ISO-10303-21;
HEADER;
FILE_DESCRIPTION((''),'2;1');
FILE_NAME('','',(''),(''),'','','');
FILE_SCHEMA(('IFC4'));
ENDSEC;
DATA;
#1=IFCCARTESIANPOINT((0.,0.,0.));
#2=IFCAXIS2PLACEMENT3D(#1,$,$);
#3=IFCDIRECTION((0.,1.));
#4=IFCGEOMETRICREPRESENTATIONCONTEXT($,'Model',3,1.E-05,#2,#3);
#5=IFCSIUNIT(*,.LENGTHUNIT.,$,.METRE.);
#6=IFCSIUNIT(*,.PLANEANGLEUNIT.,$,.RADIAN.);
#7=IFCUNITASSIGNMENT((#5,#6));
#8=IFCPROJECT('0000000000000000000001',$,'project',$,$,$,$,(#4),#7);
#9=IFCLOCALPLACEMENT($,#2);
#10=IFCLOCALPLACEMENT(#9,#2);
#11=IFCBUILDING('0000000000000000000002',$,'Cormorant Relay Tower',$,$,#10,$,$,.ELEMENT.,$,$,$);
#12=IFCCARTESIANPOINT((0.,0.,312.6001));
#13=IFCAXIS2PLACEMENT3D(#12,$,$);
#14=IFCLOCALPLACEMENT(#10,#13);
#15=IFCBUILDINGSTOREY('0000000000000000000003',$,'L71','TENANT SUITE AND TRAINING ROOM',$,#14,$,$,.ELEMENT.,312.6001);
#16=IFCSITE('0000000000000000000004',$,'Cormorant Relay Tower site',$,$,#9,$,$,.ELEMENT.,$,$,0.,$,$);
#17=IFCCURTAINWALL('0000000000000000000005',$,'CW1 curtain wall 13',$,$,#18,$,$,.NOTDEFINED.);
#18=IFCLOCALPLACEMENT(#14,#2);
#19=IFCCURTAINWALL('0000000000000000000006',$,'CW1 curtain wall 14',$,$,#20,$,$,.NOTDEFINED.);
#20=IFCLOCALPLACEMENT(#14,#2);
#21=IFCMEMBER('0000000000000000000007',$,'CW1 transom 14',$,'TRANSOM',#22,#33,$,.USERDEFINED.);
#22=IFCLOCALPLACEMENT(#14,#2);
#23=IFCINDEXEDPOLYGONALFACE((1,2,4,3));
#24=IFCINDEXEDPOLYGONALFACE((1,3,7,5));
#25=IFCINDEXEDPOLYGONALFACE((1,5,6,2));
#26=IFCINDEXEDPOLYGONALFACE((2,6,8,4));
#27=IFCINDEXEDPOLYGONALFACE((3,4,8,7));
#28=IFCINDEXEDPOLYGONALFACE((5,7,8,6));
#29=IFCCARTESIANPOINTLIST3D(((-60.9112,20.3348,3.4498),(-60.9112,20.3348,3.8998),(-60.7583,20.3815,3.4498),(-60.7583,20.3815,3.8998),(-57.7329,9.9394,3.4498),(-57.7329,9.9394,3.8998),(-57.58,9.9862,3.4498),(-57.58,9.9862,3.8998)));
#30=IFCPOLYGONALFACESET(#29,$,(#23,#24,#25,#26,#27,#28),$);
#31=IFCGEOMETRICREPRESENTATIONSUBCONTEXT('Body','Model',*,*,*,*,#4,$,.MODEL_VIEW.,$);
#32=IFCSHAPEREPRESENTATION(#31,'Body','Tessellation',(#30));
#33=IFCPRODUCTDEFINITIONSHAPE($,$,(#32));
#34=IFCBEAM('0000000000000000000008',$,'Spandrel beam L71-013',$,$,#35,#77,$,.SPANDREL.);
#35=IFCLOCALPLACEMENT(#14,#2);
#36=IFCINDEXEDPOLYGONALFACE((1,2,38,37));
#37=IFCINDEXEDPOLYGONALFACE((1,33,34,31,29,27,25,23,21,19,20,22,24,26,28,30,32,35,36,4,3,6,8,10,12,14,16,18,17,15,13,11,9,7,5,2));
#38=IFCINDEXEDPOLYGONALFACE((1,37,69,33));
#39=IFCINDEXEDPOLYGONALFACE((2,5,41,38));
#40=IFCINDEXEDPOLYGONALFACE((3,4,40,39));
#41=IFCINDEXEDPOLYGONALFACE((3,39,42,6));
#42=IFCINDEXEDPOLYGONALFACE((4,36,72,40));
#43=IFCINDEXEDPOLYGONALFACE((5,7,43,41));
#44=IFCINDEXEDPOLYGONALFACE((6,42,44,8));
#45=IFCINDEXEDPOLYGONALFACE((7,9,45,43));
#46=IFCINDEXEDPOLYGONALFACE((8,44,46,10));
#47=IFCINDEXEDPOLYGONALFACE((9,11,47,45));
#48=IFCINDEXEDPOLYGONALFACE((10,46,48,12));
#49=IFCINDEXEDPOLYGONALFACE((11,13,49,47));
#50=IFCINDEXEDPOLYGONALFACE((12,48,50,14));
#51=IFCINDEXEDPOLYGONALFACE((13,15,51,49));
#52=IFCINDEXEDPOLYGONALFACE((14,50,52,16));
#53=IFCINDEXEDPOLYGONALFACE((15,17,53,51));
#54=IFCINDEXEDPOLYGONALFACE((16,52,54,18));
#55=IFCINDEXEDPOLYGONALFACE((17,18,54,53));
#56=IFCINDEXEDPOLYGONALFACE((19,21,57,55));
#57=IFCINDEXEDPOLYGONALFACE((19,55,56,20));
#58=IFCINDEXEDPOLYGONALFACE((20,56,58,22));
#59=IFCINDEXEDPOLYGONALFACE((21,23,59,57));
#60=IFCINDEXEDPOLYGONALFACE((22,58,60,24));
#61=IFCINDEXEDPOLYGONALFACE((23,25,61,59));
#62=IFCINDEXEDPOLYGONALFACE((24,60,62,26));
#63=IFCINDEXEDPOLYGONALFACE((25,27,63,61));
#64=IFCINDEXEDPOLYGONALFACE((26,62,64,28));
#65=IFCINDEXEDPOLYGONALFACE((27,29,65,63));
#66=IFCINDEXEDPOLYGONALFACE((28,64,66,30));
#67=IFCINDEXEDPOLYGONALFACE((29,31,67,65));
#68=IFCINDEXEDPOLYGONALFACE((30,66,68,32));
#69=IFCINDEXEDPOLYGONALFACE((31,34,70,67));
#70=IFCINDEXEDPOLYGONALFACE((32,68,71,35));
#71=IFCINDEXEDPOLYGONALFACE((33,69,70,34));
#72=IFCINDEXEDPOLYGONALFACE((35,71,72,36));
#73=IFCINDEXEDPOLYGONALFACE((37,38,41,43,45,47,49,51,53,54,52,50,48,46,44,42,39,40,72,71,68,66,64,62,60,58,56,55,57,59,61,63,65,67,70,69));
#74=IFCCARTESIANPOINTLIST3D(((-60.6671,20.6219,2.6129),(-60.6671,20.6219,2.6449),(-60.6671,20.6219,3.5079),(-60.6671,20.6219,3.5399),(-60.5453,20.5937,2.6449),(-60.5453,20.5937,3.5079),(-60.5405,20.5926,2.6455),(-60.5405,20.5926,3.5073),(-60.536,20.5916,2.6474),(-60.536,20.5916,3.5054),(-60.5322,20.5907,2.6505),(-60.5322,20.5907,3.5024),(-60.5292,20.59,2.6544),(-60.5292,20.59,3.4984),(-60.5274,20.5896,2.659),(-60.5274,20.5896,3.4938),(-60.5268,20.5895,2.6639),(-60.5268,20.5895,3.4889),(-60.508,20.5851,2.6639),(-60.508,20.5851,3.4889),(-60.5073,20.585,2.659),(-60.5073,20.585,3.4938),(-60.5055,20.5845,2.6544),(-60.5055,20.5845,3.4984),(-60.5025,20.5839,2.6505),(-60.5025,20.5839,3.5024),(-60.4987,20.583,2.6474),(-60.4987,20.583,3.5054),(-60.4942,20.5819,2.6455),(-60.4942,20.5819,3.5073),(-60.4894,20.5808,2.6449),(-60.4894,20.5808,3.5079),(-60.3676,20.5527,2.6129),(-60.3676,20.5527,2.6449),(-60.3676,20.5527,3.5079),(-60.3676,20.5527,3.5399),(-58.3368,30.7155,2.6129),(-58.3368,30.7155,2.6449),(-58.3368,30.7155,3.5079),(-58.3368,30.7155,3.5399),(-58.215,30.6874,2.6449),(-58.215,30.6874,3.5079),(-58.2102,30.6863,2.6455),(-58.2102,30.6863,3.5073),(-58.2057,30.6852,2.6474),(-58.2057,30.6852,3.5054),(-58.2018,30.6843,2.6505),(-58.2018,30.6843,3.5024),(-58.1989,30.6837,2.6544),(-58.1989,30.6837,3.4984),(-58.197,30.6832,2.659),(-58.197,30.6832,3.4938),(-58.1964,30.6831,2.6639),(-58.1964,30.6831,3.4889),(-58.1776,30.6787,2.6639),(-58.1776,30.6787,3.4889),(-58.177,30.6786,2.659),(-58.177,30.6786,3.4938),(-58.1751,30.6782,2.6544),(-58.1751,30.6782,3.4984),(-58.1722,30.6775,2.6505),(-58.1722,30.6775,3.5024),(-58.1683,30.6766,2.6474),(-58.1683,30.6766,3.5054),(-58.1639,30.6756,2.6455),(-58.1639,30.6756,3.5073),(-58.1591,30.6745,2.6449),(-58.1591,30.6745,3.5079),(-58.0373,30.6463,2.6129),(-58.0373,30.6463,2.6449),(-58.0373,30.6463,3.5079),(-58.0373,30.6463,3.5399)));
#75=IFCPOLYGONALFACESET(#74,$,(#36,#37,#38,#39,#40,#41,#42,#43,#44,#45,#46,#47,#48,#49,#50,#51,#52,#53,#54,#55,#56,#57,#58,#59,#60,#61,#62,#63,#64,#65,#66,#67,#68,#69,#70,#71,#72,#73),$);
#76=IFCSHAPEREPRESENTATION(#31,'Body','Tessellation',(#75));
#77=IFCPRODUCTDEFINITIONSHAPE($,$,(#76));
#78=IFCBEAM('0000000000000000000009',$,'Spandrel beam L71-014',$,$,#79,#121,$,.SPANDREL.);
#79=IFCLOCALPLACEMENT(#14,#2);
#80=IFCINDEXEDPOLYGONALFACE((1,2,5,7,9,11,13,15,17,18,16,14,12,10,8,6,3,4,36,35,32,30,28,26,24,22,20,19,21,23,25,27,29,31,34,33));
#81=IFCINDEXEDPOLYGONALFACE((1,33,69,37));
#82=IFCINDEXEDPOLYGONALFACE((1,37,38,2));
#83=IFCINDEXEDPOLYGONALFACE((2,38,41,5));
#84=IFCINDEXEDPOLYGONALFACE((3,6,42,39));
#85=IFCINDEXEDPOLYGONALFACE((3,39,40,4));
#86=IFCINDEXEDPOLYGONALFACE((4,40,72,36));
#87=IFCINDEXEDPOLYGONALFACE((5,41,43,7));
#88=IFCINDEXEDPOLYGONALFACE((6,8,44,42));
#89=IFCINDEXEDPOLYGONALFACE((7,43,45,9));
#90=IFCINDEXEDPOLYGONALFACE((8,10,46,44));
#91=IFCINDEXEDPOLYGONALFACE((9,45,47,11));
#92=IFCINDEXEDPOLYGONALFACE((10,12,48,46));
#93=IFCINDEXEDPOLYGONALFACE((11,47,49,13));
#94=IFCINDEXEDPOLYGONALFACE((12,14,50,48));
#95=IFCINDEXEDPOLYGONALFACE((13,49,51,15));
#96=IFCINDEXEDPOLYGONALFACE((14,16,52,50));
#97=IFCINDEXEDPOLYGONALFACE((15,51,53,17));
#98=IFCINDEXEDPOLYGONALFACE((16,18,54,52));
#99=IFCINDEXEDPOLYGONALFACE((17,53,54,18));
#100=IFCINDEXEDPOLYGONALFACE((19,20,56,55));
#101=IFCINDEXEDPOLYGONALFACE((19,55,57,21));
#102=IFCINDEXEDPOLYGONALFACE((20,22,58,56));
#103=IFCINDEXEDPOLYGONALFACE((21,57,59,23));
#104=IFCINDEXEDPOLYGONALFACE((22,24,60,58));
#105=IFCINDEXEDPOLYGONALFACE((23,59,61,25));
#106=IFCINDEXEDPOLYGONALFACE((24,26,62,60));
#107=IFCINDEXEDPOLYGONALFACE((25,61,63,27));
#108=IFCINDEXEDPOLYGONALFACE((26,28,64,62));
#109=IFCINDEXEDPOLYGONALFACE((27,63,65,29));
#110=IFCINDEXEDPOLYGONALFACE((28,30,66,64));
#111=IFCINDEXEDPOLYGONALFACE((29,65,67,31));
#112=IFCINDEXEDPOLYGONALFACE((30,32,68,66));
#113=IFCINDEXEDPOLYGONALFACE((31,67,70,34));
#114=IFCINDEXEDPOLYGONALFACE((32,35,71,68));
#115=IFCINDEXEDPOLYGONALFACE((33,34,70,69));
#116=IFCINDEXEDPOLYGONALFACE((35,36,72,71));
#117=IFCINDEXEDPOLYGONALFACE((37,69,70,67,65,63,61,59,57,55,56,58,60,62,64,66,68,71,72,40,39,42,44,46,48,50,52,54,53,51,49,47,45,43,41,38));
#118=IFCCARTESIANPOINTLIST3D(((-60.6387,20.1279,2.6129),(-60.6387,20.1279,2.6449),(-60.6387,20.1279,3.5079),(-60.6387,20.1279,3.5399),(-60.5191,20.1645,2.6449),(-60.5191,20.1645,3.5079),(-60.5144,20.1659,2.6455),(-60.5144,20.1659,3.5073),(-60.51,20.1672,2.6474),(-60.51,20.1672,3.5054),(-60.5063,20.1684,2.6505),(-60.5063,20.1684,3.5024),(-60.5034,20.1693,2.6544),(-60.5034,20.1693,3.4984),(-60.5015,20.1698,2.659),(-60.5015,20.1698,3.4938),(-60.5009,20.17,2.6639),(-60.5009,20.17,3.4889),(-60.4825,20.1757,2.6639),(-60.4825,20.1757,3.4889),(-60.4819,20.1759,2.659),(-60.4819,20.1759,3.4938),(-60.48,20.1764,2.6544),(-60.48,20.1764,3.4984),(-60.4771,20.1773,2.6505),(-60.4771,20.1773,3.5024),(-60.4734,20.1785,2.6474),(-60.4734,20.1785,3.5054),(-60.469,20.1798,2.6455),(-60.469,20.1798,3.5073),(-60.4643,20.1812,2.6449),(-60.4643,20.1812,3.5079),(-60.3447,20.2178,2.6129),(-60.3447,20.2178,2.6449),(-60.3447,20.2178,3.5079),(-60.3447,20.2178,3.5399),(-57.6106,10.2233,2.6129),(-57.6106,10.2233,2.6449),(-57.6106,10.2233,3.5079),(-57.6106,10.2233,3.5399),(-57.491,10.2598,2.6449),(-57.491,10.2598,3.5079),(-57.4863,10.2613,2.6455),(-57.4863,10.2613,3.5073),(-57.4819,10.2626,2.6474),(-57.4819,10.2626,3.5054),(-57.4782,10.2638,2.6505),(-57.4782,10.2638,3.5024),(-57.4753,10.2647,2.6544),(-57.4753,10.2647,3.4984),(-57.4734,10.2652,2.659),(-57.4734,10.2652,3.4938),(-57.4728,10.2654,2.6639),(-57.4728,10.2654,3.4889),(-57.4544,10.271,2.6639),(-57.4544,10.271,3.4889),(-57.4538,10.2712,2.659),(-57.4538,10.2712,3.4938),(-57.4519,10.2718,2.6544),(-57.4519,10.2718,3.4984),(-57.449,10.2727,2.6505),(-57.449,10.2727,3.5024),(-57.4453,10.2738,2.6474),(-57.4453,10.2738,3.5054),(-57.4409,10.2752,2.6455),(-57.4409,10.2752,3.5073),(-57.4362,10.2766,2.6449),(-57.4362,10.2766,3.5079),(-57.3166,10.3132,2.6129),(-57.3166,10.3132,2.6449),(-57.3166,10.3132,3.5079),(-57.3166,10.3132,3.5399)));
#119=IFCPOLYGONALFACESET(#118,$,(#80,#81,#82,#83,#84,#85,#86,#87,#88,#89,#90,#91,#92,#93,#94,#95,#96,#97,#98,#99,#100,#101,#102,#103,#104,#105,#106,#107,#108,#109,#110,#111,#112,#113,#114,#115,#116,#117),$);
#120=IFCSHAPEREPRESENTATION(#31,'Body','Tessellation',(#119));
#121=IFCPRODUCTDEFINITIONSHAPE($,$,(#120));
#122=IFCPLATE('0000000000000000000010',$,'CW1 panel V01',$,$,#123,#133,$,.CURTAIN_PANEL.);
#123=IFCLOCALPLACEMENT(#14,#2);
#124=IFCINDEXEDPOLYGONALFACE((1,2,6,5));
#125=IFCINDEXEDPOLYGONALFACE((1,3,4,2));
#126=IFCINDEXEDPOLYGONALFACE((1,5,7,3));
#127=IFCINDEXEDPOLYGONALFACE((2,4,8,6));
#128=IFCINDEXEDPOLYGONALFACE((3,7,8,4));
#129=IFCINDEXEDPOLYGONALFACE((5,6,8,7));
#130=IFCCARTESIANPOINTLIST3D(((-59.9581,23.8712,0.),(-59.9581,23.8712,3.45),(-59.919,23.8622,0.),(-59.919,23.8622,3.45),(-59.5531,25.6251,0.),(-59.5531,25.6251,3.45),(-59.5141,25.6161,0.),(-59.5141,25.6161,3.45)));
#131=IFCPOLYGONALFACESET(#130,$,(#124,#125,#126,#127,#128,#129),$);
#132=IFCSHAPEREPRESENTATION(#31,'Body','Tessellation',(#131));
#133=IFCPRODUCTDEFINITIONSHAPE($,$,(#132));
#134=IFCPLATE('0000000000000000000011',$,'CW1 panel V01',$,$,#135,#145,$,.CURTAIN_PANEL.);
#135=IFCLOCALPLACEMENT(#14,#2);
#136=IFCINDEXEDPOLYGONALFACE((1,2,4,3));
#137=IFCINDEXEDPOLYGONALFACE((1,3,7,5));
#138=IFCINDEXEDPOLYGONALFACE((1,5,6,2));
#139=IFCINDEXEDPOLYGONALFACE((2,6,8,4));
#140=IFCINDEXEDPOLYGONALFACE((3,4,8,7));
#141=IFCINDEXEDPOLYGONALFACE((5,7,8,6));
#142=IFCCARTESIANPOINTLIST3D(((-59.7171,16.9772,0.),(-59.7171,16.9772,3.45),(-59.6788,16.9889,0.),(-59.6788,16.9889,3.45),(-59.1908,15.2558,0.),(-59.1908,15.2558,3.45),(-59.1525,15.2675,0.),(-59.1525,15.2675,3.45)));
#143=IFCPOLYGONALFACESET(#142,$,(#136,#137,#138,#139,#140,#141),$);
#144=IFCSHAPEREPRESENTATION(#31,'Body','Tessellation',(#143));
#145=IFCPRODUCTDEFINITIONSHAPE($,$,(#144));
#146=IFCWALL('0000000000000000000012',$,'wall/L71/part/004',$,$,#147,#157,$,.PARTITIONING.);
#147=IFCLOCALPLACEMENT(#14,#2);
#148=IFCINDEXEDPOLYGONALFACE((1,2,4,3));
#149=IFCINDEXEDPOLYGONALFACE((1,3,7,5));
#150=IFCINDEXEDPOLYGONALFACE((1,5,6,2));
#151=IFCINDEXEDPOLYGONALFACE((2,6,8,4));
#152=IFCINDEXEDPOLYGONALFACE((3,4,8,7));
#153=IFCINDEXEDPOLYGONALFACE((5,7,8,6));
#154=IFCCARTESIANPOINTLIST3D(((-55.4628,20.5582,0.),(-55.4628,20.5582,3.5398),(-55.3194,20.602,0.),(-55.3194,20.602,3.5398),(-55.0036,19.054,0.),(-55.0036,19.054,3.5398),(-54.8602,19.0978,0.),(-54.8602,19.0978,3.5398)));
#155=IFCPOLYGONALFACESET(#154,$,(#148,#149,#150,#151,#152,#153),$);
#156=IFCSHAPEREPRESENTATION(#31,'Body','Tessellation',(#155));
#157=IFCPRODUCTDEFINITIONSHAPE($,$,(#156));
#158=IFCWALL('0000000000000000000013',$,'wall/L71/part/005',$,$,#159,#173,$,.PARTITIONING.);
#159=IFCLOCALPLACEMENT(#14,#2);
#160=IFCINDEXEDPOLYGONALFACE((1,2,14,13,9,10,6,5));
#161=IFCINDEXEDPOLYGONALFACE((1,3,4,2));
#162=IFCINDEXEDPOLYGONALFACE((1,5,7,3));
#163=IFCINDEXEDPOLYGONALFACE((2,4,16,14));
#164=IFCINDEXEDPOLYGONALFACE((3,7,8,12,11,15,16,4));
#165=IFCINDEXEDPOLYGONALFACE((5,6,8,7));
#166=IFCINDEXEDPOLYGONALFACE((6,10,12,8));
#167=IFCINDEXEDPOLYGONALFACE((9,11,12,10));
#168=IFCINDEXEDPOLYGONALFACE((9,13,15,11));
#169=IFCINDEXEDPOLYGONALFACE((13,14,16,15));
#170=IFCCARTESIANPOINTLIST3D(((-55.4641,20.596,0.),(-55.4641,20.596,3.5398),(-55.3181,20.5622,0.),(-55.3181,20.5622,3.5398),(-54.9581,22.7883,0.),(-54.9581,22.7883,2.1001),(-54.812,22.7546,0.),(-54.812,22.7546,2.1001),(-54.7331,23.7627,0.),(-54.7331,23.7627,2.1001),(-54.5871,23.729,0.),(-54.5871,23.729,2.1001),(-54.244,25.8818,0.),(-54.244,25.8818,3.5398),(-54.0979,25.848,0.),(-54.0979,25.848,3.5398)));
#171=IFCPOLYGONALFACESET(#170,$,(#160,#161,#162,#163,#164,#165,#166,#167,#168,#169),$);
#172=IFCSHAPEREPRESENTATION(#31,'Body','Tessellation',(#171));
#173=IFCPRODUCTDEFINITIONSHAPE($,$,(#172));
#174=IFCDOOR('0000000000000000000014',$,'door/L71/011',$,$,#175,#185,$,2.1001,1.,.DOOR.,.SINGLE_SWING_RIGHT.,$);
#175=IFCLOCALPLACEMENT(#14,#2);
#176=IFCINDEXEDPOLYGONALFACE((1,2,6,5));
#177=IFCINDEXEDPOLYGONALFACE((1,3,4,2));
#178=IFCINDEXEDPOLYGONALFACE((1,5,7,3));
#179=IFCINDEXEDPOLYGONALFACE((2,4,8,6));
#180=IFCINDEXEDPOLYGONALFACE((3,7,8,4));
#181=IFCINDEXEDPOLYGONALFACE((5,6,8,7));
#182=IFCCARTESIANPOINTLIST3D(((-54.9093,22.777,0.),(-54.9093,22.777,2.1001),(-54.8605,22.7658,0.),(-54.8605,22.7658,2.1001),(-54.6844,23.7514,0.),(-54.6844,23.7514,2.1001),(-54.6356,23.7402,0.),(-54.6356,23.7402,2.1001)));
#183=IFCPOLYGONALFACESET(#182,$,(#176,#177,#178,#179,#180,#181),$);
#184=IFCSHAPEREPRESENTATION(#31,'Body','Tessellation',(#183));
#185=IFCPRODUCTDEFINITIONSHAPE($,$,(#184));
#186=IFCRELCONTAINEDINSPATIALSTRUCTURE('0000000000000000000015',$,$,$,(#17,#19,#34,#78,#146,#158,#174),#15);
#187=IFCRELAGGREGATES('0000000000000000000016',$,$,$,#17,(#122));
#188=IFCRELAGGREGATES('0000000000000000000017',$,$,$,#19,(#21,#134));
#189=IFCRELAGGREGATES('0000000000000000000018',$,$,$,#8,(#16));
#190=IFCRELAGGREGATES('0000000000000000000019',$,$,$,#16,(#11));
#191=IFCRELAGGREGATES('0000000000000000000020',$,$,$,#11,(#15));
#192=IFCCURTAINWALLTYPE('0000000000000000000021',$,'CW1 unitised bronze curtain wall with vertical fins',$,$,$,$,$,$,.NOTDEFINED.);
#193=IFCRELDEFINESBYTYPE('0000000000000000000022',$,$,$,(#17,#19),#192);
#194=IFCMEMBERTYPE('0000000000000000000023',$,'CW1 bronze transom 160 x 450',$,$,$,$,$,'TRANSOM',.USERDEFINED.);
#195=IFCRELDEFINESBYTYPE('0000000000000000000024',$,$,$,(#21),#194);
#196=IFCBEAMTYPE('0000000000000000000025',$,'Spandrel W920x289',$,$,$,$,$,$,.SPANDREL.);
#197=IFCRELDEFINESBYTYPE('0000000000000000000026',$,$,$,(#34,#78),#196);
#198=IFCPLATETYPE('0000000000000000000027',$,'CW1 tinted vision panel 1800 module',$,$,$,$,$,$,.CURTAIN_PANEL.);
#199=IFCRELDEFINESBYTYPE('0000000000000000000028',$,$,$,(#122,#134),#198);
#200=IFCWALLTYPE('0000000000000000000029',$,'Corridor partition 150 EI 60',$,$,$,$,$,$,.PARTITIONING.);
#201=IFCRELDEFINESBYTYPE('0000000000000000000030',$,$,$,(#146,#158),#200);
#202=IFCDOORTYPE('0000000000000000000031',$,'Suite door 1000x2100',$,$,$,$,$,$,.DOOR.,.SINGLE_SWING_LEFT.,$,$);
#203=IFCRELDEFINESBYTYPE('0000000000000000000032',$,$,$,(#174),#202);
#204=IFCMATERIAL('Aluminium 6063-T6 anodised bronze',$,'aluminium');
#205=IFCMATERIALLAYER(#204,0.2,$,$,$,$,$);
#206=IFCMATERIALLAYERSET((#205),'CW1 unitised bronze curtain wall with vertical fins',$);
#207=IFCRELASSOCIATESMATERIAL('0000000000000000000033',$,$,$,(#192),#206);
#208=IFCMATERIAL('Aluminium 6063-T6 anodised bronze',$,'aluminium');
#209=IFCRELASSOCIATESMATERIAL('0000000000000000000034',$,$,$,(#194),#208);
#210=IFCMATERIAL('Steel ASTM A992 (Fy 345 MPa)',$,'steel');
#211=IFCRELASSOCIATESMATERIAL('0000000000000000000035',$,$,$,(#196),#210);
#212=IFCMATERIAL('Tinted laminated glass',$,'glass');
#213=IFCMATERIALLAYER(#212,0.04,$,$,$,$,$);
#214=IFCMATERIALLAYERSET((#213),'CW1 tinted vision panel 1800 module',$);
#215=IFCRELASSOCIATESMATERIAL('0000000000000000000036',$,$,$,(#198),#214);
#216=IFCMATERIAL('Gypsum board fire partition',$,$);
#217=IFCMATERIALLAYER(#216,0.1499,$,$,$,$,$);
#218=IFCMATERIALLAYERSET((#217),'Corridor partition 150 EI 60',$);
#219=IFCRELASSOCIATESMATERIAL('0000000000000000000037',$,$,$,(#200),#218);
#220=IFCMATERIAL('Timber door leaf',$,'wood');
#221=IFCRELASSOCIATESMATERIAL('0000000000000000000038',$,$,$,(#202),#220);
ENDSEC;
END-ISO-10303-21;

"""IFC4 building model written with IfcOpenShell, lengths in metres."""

from ifc_helpers import new_model, si_unit, direction, frame, frame_2d, origin, origin_2d, place, context, subcontext, project, spatial, rectangle, i_section, extrude, material, layer, layer_set, material_profile, profile_set, type_object, element, fill, aggregate, save


model = new_model("IFC4")

# Units and contexts
model_context = context("Model", 3, precision=1e-05, world=origin(), true_north=direction((0.0, 1.0)))
body_context = subcontext(model_context, "Body", "Model", "MODEL_VIEW")
ifc_project = project(units=[si_unit("LENGTHUNIT", "METRE"), si_unit("PLANEANGLEUNIT", "RADIAN")], contexts=[model_context])

# Site, building, storey
site_placement = place(None, origin())
site = spatial("IfcSite", under=ifc_project, at=site_placement, Name="Cormorant Relay Tower site", CompositionType="ELEMENT", RefElevation=0.0)
building_placement = place(site_placement, origin())
building = spatial("IfcBuilding", under=site, at=building_placement, Name="Cormorant Relay Tower", CompositionType="ELEMENT")
storey_placement = place(building_placement, frame((0.0, 0.0, 312.6001)))
storey = spatial("IfcBuildingStorey", under=building, at=storey_placement, Name="L71", Description="TENANT SUITE AND TRAINING ROOM", CompositionType="ELEMENT", Elevation=312.6001)

# Curtain wall
ifc_material_1 = material(Name="Aluminium 6063-T6 anodised bronze", Category="aluminium")
ifc_layer_1 = layer(ifc_material_1, 0.2)
ifc_layer_set_1 = layer_set([ifc_layer_1], Name="CW1 unitised bronze curtain wall with vertical fins")
curtain_wall_type = type_object("IfcCurtainWallType", Name="CW1 unitised bronze curtain wall with vertical fins", PredefinedType="NOTDEFINED", material=ifc_layer_set_1)
curtain_wall_1_placement = place(storey_placement, origin())
curtain_wall_1 = element("IfcCurtainWall", 1, at=curtain_wall_1_placement, inside=storey, type_object=curtain_wall_type, Name="CW1 curtain wall 13", PredefinedType="NOTDEFINED")

# Curtain wall
curtain_wall_2_placement = place(storey_placement, origin())
curtain_wall_2 = element("IfcCurtainWall", 2, at=curtain_wall_2_placement, inside=storey, type_object=curtain_wall_type, Name="CW1 curtain wall 14", PredefinedType="NOTDEFINED")

# Member
ifc_material_2 = material(Name="Aluminium 6063-T6 anodised bronze", Category="aluminium")
ifc_material_profile_1 = material_profile(ifc_material_2, rectangle(XDim=0.1599, YDim=0.45, at=origin_2d()), Name="AL 160x450")
ifc_profile_set_1 = profile_set([ifc_material_profile_1], Name="Aluminium 6063-T6 anodised bronze")
member_type_1 = type_object("IfcMemberType", Name="CW1 bronze transom 160 x 450", ElementType="TRANSOM", PredefinedType="USERDEFINED", material=ifc_profile_set_1)
member_1_placement = place(storey_placement, frame((-60.8347, 20.3582, 3.6748), z_axis=(0.292378, -0.956303, 0.0), x_axis=(0.956303, 0.292378, 0.0)))
member_1 = element("IfcMember", 3, at=member_1_placement, type_object=member_type_1, Name="CW1 transom 14", ObjectType="TRANSOM", PredefinedType="USERDEFINED", context=body_context, shape_type="SweptSolid", body=[
    extrude(rectangle(XDim=0.1599, YDim=0.45, at=origin_2d()), origin(), (0.0, 0.0, 1.0), 10.8704),
])

# Beams
ifc_material_3 = material(Name="Steel ASTM A992 (Fy 345 MPa)", Category="steel")
ifc_material_profile_2 = material_profile(ifc_material_3, i_section(OverallWidth=0.3074, OverallDepth=0.927, WebThickness=0.0193, FlangeThickness=0.032, FilletRadius=0.019, at=origin_2d()), Name="W920x289")
ifc_profile_set_2 = profile_set([ifc_material_profile_2], Name="Steel ASTM A992 (Fy 345 MPa)")
beam_type = type_object("IfcBeamType", Name="Spandrel W920x289", PredefinedType="SPANDREL", material=ifc_profile_set_2)
beam_1_placement = place(storey_placement, frame((-58.187, 30.6809, 3.0764), z_axis=(-0.224956, -0.974369, 0.0), x_axis=(0.974369, -0.224956, 0.0)))
element("IfcBeam", 4, at=beam_1_placement, inside=storey, type_object=beam_type, Name="Spandrel beam L71-013", PredefinedType="SPANDREL", context=body_context, shape_type="SweptSolid", body=[
    extrude(i_section(OverallWidth=0.3074, OverallDepth=0.927, WebThickness=0.0193, FlangeThickness=0.032, FilletRadius=0.019, at=origin_2d()), origin(), (0.0, 0.0, 1.0), 10.3591),
])
beam_2_placement = place(storey_placement, frame((-60.4917, 20.1729, 3.0764), z_axis=(0.292368, -0.956306, 0.0), x_axis=(0.956306, 0.292368, 0.0)))
element("IfcBeam", 5, at=beam_2_placement, inside=storey, type_object=beam_type, Name="Spandrel beam L71-014", PredefinedType="SPANDREL", context=body_context, shape_type="SweptSolid", body=[
    extrude(i_section(OverallWidth=0.3074, OverallDepth=0.927, WebThickness=0.0193, FlangeThickness=0.032, FilletRadius=0.019, at=origin_2d()), origin(), (0.0, 0.0, 1.0), 10.3572),
])

# Plates
ifc_material_4 = material(Name="Tinted laminated glass", Category="glass")
ifc_layer_2 = layer(ifc_material_4, 0.04)
ifc_layer_set_2 = layer_set([ifc_layer_2], Name="CW1 tinted vision panel 1800 module")
plate_type = type_object("IfcPlateType", Name="CW1 tinted vision panel 1800 module", PredefinedType="CURTAIN_PANEL", material=ifc_layer_set_2)
plate_1_placement = place(storey_placement, frame((-59.7361, 24.7437, 0.0), z_axis=(0.0, 0.0, 1.0), x_axis=(-0.224951, -0.97437, 0.0)))
plate_1 = element("IfcPlate", 6, at=plate_1_placement, type_object=plate_type, Name="CW1 panel V01", PredefinedType="CURTAIN_PANEL", context=body_context, shape_type="SweptSolid", body=[
    extrude(rectangle(XDim=1.8, YDim=0.04, at=origin_2d()), origin(), (0.0, 0.0, 1.0), 3.45),
])
plate_2_placement = place(storey_placement, frame((-59.4348, 16.1223, 0.0), z_axis=(0.0, 0.0, 1.0), x_axis=(0.292372, -0.956305, 0.0)))
plate_2 = element("IfcPlate", 7, at=plate_2_placement, type_object=plate_type, Name="CW1 panel V01", PredefinedType="CURTAIN_PANEL", context=body_context, shape_type="SweptSolid", body=[
    extrude(rectangle(XDim=1.8, YDim=0.04, at=origin_2d()), origin(), (0.0, 0.0, 1.0), 3.45),
])

# Wall
ifc_material_5 = material(Name="Gypsum board fire partition")
ifc_layer_3 = layer(ifc_material_5, 0.1499)
ifc_layer_set_3 = layer_set([ifc_layer_3], Name="Corridor partition 150 EI 60")
wall_type_1 = type_object("IfcWallType", Name="Corridor partition 150 EI 60", PredefinedType="PARTITIONING", material=ifc_layer_set_3)
wall_1_placement = place(storey_placement, frame((-55.3911, 20.5801, 0.0), z_axis=(0.0, 0.0, 1.0), x_axis=(0.292002, -0.956418, 0.0)))
element("IfcWall", 8, at=wall_1_placement, inside=storey, type_object=wall_type_1, Name="wall/L71/part/004", PredefinedType="PARTITIONING", context=body_context, shape_type="SweptSolid", body=[
    extrude(rectangle(XDim=1.5728, YDim=0.1499, at=frame_2d((0.7864, 0.0))), origin(), (0.0, 0.0, 1.0), 3.5398),
])

# Wall, opening, door
wall_2_placement = place(storey_placement, frame((-55.3911, 20.5791, 0.0), z_axis=(0.0, 0.0, 1.0), x_axis=(0.224929, 0.974375, 0.0)))
wall_2 = element("IfcWall", 9, at=wall_2_placement, inside=storey, type_object=wall_type_1, Name="wall/L71/part/005", PredefinedType="PARTITIONING", context=body_context, shape_type="SweptSolid", body=[
    extrude(rectangle(XDim=5.4248, YDim=0.1499, at=frame_2d((2.7124, 0.0))), origin(), (0.0, 0.0, 1.0), 3.5398),
])
opening_placement = place(wall_2_placement, frame((2.25, 0.0, 0.0)))
opening = element("IfcOpeningElement", 10, at=opening_placement, cuts=wall_2, PredefinedType="OPENING", context=body_context, shape_type="SweptSolid", body=[
    extrude(rectangle(XDim=1.0, YDim=2.1001, at=frame_2d((0.5, 1.05))), frame((0.0, 0.085, 0.0), z_axis=(0.0, -1.0, 0.0), x_axis=(1.0, 0.0, 0.0)), (0.0, 0.0, 1.0), 0.1699),
])
ifc_material_6 = material(Name="Timber door leaf", Category="wood")
door_type = type_object("IfcDoorType", Name="Suite door 1000x2100", OperationType="SINGLE_SWING_LEFT", PredefinedType="DOOR", material=ifc_material_6)
door_placement = place(opening_placement, origin())
door = element("IfcDoor", 11, at=door_placement, inside=storey, type_object=door_type, Name="door/L71/011", OperationType="SINGLE_SWING_RIGHT", OverallHeight=2.1001, OverallWidth=1.0, PredefinedType="DOOR", context=body_context, shape_type="SweptSolid", body=[
    extrude(rectangle(XDim=1.0, YDim=2.1001, at=frame_2d((0.5, 1.05))), frame((0.0, 0.0249, 0.0), z_axis=(0.0, -1.0, 0.0), x_axis=(1.0, 0.0, 0.0)), (0.0, 0.0, 1.0), 0.05),
])
fill(opening, door)

aggregate(curtain_wall_1, [plate_1])
aggregate(curtain_wall_2, [member_1, plate_2])

save(model, "model.ifc")
